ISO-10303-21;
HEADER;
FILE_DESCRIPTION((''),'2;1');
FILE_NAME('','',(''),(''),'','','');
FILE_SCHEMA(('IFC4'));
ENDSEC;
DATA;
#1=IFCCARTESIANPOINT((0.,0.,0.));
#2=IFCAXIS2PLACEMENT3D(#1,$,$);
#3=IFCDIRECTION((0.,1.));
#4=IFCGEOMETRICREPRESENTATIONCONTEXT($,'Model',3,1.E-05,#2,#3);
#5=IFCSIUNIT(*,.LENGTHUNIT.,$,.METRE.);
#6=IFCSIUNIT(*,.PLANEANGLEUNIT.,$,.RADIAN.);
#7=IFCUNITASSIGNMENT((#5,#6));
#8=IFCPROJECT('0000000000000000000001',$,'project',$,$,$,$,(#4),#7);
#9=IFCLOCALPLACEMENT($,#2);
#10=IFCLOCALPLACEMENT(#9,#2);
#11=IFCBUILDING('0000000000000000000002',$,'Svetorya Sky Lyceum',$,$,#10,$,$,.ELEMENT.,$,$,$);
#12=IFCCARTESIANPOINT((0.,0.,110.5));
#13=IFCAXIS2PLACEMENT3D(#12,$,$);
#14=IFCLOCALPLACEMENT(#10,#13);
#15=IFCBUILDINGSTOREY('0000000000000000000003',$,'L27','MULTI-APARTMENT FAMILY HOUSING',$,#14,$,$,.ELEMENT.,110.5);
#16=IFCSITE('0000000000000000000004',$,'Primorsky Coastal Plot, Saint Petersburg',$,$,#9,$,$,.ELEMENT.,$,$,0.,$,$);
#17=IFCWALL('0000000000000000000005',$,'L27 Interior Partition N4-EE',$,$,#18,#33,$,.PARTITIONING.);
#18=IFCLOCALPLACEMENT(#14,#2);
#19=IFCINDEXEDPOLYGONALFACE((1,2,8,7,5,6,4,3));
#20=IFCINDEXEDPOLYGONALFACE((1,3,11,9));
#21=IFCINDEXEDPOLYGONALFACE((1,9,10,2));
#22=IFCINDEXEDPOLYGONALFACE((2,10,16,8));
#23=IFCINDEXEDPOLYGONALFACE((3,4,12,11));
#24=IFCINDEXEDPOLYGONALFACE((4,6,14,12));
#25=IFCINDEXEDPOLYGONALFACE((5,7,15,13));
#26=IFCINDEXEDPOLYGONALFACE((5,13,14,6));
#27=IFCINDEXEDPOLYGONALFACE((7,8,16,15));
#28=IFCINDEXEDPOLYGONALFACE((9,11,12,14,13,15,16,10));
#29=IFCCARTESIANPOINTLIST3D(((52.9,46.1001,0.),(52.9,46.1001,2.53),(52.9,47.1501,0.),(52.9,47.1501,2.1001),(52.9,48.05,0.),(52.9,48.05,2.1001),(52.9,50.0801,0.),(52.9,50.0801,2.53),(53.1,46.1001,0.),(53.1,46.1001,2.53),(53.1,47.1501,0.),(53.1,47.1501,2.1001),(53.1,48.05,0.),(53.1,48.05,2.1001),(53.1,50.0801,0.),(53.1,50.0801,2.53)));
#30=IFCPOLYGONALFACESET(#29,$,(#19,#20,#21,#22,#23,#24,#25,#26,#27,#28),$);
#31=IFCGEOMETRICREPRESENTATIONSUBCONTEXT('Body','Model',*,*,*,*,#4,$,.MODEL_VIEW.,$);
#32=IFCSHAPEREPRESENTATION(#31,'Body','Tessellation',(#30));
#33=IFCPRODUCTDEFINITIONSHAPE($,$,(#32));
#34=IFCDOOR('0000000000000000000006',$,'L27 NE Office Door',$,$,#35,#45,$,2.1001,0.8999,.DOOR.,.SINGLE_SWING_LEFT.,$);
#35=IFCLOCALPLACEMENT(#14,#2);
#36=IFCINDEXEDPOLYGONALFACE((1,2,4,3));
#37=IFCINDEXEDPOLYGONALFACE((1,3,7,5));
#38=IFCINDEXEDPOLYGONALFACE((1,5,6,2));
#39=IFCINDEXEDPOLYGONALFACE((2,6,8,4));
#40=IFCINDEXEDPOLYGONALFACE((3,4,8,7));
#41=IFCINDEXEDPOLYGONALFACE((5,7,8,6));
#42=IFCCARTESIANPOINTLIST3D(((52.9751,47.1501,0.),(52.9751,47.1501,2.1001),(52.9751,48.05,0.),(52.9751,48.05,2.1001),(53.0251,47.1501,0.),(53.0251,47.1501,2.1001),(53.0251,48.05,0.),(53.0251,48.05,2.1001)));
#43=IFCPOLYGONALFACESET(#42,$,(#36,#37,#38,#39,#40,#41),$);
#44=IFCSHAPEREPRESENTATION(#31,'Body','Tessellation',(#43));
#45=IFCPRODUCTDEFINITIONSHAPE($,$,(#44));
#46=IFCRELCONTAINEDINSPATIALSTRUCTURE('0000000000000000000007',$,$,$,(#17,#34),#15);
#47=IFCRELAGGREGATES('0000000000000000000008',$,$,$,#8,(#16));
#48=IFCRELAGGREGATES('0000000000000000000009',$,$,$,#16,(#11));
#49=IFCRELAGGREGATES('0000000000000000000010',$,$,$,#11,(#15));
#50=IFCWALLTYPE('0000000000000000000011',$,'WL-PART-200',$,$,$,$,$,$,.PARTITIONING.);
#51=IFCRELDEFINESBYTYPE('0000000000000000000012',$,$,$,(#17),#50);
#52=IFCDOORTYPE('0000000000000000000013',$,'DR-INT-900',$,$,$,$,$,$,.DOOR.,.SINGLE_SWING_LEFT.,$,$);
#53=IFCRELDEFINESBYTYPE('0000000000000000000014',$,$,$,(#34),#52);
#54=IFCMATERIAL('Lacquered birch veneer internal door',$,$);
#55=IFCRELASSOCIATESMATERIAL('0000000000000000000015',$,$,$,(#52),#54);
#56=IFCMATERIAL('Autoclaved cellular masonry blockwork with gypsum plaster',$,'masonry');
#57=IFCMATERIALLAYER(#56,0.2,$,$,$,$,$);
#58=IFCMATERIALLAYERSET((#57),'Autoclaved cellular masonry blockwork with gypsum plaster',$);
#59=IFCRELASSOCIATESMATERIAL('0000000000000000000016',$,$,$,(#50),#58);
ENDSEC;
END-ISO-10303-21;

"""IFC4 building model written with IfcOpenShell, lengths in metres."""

from ifc_helpers import new_model, si_unit, direction, frame, frame_2d, origin, place, context, subcontext, project, spatial, rectangle, extrude, material, layer, layer_set, type_object, element, fill, save


model = new_model("IFC4")

# Units and contexts
model_context = context("Model", 3, precision=1e-05, world=origin(), true_north=direction((0.0, 1.0)))
body_context = subcontext(model_context, "Body", "Model", "MODEL_VIEW")
ifc_project = project(units=[si_unit("LENGTHUNIT", "METRE"), si_unit("PLANEANGLEUNIT", "RADIAN")], contexts=[model_context])

# Site, building, storey
site_placement = place(None, origin())
site = spatial("IfcSite", under=ifc_project, at=site_placement, Name="Primorsky Coastal Plot, Saint Petersburg", CompositionType="ELEMENT", RefElevation=0.0)
building_placement = place(site_placement, origin())
building = spatial("IfcBuilding", under=site, at=building_placement, Name="Svetorya Sky Lyceum", CompositionType="ELEMENT")
storey_placement = place(building_placement, frame((0.0, 0.0, 110.5)))
storey = spatial("IfcBuildingStorey", under=building, at=storey_placement, Name="L27", Description="MULTI-APARTMENT FAMILY HOUSING", CompositionType="ELEMENT", Elevation=110.5)

# Shared definitions
ifc_material_1 = material(Name="Lacquered birch veneer internal door")
door_type_1 = type_object("IfcDoorType", Name="DR-INT-900", OperationType="SINGLE_SWING_LEFT", PredefinedType="DOOR", material=ifc_material_1)

# Shared definitions
ifc_material_2 = material(Name="Autoclaved cellular masonry blockwork with gypsum plaster", Category="masonry")
ifc_layer_1 = layer(ifc_material_2, 0.2)
ifc_layer_set_1 = layer_set([ifc_layer_1], Name="Autoclaved cellular masonry blockwork with gypsum plaster")
wall_type_1 = type_object("IfcWallType", Name="WL-PART-200", PredefinedType="PARTITIONING", material=ifc_layer_set_1)

# Wall, opening, door
wall_1_placement = place(storey_placement, frame((53.0, 46.1001, 0.0), z_axis=(0.0, 0.0, 1.0), x_axis=(0.0, 1.0, 0.0)))
wall_1 = element("IfcWall", 1, at=wall_1_placement, inside=storey, type_object=wall_type_1, Name="L27 Interior Partition N4-EE", PredefinedType="PARTITIONING", context=body_context, shape_type="SweptSolid", body=[
    extrude(rectangle(XDim=3.98, YDim=0.2, at=frame_2d((1.99, 0.0))), origin(), (0.0, 0.0, 1.0), 2.53),
])
opening_1_placement = place(wall_1_placement, frame((1.05, 0.0, 0.0)))
opening_1 = element("IfcOpeningElement", 2, at=opening_1_placement, cuts=wall_1, PredefinedType="OPENING", context=body_context, shape_type="SweptSolid", body=[
    extrude(rectangle(XDim=0.8999, YDim=2.1001, at=frame_2d((0.45, 1.05))), frame((0.0, 0.1099, 0.0), z_axis=(0.0, -1.0, 0.0), x_axis=(1.0, 0.0, 0.0)), (0.0, 0.0, 1.0), 0.22),
])
door_1_placement = place(opening_1_placement, origin())
door_1 = element("IfcDoor", 3, at=door_1_placement, inside=storey, type_object=door_type_1, Name="L27 NE Office Door", OperationType="SINGLE_SWING_LEFT", OverallHeight=2.1001, OverallWidth=0.8999, PredefinedType="DOOR", context=body_context, shape_type="SweptSolid", body=[
    extrude(rectangle(XDim=0.8999, YDim=2.1001, at=frame_2d((0.45, 1.05))), frame((0.0, 0.0249, 0.0), z_axis=(0.0, -1.0, 0.0), x_axis=(1.0, 0.0, 0.0)), (0.0, 0.0, 1.0), 0.05),
])
fill(opening_1, door_1)

save(model, "model.ifc")
